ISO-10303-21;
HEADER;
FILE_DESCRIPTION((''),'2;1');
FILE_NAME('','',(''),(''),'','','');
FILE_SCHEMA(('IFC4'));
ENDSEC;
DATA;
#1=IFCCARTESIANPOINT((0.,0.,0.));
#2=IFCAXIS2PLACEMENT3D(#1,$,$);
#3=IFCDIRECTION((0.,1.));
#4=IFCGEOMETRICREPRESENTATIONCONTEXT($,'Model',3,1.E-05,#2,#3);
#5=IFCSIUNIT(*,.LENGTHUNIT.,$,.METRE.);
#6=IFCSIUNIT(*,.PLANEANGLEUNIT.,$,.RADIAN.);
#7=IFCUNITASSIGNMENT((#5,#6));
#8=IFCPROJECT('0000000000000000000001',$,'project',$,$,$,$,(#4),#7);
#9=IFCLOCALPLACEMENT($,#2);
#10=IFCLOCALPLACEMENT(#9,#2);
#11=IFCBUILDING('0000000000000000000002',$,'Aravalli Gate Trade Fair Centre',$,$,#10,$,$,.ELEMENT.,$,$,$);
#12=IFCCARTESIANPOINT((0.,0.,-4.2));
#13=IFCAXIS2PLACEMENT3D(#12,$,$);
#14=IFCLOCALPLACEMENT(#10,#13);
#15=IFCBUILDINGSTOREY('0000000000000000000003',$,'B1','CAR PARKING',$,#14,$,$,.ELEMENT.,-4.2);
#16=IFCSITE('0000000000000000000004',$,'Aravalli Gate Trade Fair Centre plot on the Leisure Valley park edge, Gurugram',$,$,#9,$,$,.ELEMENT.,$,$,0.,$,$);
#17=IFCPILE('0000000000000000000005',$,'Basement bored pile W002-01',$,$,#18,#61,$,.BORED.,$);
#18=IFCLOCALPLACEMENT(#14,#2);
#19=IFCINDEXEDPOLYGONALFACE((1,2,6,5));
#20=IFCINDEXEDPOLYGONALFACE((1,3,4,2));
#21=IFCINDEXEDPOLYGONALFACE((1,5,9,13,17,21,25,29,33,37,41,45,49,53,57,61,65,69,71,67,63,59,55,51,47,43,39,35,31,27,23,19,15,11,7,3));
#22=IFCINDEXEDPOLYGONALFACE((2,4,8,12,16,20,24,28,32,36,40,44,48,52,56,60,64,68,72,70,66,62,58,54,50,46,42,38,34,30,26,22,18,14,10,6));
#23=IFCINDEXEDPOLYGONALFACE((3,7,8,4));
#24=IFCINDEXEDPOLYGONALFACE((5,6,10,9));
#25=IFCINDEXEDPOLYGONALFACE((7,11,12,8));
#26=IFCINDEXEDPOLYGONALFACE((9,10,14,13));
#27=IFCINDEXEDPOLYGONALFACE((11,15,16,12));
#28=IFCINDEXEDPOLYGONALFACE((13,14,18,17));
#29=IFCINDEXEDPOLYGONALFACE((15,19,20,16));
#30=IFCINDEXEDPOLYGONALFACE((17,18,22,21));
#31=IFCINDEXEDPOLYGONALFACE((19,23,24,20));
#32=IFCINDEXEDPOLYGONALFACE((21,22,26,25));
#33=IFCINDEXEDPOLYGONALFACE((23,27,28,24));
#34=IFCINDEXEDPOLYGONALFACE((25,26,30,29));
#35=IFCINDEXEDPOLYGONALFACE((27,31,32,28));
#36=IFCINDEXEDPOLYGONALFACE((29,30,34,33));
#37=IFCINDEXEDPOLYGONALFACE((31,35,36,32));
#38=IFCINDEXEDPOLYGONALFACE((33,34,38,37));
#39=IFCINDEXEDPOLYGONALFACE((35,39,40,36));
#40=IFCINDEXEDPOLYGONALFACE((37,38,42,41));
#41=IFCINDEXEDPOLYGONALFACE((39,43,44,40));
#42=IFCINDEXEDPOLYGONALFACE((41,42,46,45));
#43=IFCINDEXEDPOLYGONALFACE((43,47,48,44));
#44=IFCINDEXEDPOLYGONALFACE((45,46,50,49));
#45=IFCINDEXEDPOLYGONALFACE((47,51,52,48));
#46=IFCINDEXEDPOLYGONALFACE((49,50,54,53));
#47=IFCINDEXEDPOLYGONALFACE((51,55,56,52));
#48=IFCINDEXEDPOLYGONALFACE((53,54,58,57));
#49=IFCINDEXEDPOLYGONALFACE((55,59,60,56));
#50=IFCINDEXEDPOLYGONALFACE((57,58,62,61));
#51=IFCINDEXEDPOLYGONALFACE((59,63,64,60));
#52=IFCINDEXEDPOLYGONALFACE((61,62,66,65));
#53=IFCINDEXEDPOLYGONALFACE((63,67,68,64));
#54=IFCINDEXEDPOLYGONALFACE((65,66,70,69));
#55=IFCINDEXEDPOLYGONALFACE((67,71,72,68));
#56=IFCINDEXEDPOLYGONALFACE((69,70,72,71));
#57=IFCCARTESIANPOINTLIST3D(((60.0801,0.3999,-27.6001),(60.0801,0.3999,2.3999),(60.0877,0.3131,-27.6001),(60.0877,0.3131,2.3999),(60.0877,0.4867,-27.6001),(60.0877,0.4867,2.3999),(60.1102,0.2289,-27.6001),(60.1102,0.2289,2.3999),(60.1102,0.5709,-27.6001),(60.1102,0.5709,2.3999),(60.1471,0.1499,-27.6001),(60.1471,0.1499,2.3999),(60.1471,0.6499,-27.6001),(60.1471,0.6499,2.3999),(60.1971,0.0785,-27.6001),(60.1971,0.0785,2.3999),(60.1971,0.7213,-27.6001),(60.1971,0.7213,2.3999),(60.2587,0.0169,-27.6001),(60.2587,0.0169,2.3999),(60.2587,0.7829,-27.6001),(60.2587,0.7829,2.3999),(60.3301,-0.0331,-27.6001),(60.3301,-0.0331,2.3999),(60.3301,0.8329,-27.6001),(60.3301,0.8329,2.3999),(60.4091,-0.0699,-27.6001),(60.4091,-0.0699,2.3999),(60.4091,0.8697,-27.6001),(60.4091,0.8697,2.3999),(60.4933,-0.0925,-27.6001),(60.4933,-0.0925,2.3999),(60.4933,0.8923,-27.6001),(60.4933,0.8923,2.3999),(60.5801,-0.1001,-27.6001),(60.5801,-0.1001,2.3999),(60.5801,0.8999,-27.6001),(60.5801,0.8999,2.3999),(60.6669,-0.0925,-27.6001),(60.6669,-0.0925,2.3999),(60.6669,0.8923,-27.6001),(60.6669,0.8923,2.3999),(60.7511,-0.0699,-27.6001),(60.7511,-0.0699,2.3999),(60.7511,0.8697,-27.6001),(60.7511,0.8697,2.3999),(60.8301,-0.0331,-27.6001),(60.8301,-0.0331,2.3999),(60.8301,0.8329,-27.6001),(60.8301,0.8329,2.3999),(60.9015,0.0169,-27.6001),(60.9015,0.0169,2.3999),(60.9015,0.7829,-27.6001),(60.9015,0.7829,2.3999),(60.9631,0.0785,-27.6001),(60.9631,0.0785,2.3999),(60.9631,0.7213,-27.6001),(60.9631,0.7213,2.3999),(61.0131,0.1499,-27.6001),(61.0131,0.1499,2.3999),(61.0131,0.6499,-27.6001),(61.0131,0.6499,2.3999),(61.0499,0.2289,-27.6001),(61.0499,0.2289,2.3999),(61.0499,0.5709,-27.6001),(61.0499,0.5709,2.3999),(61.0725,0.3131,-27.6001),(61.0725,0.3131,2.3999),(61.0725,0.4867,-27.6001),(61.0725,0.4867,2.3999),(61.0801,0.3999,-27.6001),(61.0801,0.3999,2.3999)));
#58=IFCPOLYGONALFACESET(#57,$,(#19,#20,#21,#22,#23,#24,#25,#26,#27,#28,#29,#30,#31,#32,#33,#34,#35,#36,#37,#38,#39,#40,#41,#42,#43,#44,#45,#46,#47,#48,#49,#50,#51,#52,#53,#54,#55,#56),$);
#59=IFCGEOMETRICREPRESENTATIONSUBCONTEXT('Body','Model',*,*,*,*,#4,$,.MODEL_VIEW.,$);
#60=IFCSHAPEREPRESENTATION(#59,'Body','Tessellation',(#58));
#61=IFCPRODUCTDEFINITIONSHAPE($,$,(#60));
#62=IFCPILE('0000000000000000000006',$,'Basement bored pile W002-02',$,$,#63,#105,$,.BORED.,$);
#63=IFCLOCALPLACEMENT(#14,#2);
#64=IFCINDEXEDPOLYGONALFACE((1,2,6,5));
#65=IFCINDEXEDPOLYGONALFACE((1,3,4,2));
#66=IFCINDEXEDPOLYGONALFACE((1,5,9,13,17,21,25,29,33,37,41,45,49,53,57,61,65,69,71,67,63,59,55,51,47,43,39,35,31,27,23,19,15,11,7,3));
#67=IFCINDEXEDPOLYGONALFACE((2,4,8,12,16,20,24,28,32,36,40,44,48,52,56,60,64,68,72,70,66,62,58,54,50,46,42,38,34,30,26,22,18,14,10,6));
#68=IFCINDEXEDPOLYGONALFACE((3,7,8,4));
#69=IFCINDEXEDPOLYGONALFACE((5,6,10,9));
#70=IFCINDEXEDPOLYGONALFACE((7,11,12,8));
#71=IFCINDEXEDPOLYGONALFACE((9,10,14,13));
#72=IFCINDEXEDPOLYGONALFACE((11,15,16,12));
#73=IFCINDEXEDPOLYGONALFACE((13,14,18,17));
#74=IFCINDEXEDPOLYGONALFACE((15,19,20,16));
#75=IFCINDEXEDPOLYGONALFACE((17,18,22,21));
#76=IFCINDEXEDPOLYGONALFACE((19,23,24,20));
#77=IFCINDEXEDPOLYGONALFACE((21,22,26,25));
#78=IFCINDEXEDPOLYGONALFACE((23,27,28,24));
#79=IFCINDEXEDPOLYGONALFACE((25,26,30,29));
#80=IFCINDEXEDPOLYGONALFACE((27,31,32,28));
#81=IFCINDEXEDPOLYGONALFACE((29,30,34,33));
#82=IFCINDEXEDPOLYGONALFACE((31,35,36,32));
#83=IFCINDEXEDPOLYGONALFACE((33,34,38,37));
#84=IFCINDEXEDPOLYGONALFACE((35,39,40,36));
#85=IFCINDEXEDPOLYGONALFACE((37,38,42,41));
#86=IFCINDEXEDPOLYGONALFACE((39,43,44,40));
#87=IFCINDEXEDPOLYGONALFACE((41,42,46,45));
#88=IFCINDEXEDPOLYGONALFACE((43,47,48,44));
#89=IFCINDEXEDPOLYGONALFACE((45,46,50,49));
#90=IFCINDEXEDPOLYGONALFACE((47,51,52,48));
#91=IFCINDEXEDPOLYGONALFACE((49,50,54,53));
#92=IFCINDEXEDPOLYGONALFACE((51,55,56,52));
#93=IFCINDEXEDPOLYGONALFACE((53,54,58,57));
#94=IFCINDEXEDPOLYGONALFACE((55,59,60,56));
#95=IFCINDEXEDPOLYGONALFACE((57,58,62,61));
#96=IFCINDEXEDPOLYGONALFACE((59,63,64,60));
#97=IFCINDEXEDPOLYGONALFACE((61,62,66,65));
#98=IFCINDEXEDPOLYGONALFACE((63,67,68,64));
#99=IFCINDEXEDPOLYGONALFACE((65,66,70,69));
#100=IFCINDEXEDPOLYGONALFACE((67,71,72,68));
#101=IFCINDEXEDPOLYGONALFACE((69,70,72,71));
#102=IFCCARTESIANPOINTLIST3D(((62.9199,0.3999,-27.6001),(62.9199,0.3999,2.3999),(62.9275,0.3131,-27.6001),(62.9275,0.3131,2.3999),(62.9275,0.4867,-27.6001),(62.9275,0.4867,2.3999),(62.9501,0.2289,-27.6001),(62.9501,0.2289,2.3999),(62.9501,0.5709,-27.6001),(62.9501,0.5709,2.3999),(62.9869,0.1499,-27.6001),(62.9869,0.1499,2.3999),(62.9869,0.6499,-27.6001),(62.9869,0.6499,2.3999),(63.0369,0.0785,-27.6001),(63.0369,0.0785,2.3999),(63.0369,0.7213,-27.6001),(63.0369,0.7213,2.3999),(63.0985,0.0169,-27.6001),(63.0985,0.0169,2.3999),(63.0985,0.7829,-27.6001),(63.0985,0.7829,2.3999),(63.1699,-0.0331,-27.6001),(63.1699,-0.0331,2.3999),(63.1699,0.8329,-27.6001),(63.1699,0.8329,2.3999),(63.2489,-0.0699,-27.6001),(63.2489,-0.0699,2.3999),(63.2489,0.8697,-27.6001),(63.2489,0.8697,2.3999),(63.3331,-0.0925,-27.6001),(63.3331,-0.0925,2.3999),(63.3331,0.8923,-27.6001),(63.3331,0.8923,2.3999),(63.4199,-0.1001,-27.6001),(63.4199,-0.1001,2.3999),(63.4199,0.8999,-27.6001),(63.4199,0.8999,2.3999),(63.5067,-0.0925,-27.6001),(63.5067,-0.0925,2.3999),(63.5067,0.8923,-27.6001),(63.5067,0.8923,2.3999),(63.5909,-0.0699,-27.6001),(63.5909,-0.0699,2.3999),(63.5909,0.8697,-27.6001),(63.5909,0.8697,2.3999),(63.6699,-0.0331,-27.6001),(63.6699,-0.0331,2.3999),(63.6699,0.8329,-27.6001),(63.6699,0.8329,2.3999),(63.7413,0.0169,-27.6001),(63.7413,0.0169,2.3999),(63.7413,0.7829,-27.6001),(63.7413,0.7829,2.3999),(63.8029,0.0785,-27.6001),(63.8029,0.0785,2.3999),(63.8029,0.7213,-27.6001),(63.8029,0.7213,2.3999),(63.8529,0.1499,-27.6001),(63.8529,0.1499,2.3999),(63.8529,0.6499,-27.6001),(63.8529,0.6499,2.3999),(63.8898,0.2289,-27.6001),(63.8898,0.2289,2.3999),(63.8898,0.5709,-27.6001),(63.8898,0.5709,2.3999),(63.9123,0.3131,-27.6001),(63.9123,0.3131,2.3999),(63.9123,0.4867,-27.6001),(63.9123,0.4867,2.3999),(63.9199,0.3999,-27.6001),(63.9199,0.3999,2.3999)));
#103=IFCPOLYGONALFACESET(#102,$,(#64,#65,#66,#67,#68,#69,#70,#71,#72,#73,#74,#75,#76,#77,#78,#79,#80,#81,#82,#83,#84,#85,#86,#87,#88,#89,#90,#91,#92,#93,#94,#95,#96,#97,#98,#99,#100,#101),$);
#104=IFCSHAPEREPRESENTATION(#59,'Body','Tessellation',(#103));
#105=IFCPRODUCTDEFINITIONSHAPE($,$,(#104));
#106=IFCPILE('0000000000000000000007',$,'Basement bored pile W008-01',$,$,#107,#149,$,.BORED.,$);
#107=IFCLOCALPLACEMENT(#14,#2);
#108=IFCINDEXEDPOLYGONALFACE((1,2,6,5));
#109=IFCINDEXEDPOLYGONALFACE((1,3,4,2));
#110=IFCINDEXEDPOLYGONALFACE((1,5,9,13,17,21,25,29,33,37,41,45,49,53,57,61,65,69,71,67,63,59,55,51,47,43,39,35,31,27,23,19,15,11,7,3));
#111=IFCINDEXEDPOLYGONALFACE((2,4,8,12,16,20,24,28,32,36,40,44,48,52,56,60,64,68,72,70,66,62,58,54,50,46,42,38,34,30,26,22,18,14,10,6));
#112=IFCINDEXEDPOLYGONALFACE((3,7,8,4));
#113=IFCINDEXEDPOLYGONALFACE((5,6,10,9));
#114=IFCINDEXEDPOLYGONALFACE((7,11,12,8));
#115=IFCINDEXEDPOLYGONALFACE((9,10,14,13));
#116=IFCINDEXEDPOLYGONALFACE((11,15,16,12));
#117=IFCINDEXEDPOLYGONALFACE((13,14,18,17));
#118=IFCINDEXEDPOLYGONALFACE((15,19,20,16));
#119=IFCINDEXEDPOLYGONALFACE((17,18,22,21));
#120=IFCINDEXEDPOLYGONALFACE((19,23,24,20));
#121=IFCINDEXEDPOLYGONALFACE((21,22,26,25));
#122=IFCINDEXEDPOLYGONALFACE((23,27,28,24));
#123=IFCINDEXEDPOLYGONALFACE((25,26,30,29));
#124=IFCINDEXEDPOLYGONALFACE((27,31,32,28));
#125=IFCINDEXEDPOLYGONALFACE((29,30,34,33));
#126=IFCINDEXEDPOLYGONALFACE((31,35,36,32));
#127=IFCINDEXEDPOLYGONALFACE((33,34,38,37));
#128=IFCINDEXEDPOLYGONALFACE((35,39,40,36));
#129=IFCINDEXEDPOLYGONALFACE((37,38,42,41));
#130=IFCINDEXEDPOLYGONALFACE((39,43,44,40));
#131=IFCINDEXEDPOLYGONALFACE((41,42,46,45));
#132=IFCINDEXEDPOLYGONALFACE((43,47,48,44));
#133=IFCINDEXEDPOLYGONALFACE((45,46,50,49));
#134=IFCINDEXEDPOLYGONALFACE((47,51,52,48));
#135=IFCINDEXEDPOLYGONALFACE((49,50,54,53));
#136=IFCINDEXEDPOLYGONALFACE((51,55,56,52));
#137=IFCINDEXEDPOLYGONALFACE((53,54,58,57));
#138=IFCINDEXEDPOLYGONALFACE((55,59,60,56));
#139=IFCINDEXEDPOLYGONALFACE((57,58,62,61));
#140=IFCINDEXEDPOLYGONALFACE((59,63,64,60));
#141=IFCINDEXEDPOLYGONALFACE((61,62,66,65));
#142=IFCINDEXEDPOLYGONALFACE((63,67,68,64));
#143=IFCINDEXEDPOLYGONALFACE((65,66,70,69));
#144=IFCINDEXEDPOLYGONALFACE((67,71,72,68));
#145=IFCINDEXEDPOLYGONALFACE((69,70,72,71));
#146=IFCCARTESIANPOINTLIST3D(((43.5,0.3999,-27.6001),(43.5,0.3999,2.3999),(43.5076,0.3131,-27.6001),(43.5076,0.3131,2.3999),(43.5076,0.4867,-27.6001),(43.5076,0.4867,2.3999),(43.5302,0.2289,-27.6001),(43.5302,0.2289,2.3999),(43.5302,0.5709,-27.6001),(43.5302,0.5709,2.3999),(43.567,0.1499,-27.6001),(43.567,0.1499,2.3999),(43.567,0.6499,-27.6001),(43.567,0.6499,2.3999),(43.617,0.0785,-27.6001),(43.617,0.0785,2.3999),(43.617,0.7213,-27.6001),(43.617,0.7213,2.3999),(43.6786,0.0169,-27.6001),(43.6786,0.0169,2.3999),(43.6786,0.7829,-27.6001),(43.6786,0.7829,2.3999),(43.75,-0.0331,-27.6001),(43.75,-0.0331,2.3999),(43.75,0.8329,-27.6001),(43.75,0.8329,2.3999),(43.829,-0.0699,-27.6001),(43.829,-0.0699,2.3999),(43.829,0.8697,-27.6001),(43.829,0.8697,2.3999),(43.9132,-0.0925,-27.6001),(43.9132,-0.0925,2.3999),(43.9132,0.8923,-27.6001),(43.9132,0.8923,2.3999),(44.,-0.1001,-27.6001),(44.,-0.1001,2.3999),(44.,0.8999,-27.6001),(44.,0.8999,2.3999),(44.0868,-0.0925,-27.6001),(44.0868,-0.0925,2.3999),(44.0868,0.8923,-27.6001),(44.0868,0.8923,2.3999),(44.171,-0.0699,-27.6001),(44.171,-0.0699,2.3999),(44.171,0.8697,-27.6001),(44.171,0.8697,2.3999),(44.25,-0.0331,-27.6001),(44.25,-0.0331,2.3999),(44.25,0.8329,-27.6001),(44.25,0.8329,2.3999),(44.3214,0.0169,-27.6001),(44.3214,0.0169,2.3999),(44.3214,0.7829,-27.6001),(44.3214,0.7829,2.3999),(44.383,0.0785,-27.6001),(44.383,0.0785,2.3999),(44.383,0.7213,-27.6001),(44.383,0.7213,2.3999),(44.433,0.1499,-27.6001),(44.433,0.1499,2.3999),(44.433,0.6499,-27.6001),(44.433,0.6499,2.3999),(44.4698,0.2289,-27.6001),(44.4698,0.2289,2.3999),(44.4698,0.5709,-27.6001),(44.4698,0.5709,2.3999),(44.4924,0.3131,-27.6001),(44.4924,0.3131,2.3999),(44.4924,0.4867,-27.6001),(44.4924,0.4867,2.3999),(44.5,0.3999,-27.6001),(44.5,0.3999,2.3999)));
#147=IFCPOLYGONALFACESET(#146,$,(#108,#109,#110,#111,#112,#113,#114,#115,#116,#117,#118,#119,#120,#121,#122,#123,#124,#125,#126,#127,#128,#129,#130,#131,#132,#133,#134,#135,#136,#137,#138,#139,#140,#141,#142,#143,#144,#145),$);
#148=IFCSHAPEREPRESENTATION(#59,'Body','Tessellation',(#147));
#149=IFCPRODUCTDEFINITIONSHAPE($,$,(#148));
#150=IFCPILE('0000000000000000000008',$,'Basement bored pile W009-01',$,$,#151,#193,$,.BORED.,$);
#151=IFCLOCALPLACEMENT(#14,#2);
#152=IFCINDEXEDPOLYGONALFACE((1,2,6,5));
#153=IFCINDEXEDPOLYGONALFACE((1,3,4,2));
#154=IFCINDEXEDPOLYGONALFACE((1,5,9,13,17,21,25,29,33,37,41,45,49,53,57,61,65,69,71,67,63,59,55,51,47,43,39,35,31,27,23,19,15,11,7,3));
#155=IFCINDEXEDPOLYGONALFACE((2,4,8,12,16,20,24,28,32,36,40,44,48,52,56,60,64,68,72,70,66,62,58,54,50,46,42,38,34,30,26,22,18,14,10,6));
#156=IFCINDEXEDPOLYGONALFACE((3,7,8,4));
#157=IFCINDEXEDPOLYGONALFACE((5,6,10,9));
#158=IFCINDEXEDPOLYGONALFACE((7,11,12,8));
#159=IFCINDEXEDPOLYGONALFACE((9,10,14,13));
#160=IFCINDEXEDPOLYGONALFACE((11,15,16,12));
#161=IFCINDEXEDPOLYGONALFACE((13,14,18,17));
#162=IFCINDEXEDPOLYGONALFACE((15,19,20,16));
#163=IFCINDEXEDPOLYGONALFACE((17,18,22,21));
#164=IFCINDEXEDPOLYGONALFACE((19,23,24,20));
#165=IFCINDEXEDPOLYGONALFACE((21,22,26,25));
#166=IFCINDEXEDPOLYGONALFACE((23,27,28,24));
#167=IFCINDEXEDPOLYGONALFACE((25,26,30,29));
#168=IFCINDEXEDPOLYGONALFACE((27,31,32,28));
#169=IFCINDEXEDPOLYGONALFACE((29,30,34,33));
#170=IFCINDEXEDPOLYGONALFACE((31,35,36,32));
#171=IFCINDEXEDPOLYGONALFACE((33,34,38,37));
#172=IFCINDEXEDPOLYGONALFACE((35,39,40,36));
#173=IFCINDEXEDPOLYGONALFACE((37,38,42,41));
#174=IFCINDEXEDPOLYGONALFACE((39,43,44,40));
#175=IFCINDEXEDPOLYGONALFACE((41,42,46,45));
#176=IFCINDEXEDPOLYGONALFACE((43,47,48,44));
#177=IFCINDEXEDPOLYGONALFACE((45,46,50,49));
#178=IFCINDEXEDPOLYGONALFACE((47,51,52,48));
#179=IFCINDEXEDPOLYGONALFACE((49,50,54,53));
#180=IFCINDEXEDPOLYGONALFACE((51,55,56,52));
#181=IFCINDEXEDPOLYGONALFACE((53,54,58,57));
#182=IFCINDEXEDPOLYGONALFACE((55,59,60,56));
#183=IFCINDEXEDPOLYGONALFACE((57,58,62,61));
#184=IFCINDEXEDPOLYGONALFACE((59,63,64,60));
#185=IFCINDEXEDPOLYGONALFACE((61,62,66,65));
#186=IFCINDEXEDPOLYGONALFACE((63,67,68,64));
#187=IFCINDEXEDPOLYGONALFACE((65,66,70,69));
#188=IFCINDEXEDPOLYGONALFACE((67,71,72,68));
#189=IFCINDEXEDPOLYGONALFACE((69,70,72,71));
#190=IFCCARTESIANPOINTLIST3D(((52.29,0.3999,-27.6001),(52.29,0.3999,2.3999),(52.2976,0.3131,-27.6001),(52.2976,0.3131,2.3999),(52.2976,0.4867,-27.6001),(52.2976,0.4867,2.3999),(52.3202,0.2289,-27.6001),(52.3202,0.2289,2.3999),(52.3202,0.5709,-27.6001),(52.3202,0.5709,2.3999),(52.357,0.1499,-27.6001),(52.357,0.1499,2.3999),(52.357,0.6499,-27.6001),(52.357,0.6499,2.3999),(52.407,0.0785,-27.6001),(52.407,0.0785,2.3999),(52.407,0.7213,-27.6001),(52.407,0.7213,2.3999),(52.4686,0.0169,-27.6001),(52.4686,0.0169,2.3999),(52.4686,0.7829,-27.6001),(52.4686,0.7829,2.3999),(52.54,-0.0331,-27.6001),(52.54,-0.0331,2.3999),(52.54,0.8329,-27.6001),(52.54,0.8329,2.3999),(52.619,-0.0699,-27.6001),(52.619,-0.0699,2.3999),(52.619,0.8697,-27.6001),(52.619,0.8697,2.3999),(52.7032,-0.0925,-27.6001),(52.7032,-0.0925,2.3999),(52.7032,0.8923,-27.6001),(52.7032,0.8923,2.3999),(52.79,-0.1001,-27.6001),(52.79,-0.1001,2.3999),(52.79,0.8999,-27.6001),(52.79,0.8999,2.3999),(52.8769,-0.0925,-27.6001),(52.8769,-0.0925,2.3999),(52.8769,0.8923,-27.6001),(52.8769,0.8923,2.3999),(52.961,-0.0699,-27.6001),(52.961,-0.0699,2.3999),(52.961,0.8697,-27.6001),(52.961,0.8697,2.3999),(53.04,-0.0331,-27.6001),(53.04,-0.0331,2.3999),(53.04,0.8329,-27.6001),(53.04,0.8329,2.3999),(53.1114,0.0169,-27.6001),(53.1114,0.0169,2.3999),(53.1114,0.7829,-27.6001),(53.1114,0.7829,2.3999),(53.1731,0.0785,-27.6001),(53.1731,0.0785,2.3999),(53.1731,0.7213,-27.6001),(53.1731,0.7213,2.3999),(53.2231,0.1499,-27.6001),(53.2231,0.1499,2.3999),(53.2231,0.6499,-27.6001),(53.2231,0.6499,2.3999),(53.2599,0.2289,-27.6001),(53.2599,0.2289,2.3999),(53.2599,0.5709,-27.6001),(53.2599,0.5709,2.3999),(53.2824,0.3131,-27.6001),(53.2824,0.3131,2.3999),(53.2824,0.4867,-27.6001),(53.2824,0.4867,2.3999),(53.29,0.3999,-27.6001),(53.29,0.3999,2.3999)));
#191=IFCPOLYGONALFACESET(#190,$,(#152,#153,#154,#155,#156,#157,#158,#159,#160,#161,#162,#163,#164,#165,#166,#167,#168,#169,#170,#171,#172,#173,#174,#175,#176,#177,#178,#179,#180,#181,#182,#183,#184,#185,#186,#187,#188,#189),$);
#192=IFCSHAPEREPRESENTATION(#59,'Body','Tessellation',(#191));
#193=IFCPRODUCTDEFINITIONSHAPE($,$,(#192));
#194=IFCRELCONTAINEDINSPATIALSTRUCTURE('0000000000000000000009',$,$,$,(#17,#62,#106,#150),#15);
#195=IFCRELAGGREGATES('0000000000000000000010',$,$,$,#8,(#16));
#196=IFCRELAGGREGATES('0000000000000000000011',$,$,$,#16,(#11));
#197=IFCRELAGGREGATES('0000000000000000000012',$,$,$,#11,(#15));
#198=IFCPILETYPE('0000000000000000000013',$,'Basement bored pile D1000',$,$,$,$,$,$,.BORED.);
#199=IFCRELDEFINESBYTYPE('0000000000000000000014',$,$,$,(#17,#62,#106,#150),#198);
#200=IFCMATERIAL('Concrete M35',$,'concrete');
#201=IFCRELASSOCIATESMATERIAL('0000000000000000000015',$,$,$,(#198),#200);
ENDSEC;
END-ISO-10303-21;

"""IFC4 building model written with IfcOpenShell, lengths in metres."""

from ifc_helpers import new_model, si_unit, direction, frame, origin, origin_2d, place, context, subcontext, project, spatial, circle, extrude, material, material_profile, profile_set, type_object, element, save


model = new_model("IFC4")

# Units and contexts
model_context = context("Model", 3, precision=1e-05, world=origin(), true_north=direction((0.0, 1.0)))
body_context = subcontext(model_context, "Body", "Model", "MODEL_VIEW")
ifc_project = project(units=[si_unit("LENGTHUNIT", "METRE"), si_unit("PLANEANGLEUNIT", "RADIAN")], contexts=[model_context])

# Site, building, storey
site_placement = place(None, origin())
site = spatial("IfcSite", under=ifc_project, at=site_placement, Name="Aravalli Gate Trade Fair Centre plot on the Leisure Valley park edge, Gurugram", CompositionType="ELEMENT", RefElevation=0.0)
building_placement = place(site_placement, origin())
building = spatial("IfcBuilding", under=site, at=building_placement, Name="Aravalli Gate Trade Fair Centre", CompositionType="ELEMENT")
storey_placement = place(building_placement, frame((0.0, 0.0, -4.2)))
storey = spatial("IfcBuildingStorey", under=building, at=storey_placement, Name="B1", Description="CAR PARKING", CompositionType="ELEMENT", Elevation=-4.2)

# Piles
ifc_material_1 = material(Name="Concrete M35", Category="concrete")
ifc_material_profile = material_profile(ifc_material_1, circle(Radius=0.5, at=origin_2d()), Name="D1000")
ifc_profile_set = profile_set([ifc_material_profile], Name="Concrete M35")
pile_type = type_object("IfcPileType", Name="Basement bored pile D1000", PredefinedType="BORED", material=ifc_profile_set)
for number, where, z_axis, x_axis, name in (
    (1, (60.5801, 0.3999, 2.3999), (0.0, 0.0, -1.0), (1.0, 0.0, 0.0), "Basement bored pile W002-01"),
    (2, (63.4199, 0.3999, 2.3999), (0.0, 0.0, -1.0), (1.0, 0.0, 0.0), "Basement bored pile W002-02"),
    (3, (44.0, 0.3999, 2.3999), (0.0, 0.0, -1.0), (1.0, 0.0, 0.0), "Basement bored pile W008-01"),
    (4, (52.79, 0.3999, 2.3999), (0.0, 0.0, -1.0), (1.0, 0.0, 0.0), "Basement bored pile W009-01"),
):
    element("IfcPile", number, at=place(storey_placement, frame(where, z_axis=z_axis, x_axis=x_axis)), inside=storey, type_object=pile_type, Name=name, PredefinedType="BORED", context=body_context, shape_type="SweptSolid", body=[
        extrude(circle(Radius=0.5, at=origin_2d()), origin(), (0.0, 0.0, 1.0), 30.0),
    ])

save(model, "model.ifc")
